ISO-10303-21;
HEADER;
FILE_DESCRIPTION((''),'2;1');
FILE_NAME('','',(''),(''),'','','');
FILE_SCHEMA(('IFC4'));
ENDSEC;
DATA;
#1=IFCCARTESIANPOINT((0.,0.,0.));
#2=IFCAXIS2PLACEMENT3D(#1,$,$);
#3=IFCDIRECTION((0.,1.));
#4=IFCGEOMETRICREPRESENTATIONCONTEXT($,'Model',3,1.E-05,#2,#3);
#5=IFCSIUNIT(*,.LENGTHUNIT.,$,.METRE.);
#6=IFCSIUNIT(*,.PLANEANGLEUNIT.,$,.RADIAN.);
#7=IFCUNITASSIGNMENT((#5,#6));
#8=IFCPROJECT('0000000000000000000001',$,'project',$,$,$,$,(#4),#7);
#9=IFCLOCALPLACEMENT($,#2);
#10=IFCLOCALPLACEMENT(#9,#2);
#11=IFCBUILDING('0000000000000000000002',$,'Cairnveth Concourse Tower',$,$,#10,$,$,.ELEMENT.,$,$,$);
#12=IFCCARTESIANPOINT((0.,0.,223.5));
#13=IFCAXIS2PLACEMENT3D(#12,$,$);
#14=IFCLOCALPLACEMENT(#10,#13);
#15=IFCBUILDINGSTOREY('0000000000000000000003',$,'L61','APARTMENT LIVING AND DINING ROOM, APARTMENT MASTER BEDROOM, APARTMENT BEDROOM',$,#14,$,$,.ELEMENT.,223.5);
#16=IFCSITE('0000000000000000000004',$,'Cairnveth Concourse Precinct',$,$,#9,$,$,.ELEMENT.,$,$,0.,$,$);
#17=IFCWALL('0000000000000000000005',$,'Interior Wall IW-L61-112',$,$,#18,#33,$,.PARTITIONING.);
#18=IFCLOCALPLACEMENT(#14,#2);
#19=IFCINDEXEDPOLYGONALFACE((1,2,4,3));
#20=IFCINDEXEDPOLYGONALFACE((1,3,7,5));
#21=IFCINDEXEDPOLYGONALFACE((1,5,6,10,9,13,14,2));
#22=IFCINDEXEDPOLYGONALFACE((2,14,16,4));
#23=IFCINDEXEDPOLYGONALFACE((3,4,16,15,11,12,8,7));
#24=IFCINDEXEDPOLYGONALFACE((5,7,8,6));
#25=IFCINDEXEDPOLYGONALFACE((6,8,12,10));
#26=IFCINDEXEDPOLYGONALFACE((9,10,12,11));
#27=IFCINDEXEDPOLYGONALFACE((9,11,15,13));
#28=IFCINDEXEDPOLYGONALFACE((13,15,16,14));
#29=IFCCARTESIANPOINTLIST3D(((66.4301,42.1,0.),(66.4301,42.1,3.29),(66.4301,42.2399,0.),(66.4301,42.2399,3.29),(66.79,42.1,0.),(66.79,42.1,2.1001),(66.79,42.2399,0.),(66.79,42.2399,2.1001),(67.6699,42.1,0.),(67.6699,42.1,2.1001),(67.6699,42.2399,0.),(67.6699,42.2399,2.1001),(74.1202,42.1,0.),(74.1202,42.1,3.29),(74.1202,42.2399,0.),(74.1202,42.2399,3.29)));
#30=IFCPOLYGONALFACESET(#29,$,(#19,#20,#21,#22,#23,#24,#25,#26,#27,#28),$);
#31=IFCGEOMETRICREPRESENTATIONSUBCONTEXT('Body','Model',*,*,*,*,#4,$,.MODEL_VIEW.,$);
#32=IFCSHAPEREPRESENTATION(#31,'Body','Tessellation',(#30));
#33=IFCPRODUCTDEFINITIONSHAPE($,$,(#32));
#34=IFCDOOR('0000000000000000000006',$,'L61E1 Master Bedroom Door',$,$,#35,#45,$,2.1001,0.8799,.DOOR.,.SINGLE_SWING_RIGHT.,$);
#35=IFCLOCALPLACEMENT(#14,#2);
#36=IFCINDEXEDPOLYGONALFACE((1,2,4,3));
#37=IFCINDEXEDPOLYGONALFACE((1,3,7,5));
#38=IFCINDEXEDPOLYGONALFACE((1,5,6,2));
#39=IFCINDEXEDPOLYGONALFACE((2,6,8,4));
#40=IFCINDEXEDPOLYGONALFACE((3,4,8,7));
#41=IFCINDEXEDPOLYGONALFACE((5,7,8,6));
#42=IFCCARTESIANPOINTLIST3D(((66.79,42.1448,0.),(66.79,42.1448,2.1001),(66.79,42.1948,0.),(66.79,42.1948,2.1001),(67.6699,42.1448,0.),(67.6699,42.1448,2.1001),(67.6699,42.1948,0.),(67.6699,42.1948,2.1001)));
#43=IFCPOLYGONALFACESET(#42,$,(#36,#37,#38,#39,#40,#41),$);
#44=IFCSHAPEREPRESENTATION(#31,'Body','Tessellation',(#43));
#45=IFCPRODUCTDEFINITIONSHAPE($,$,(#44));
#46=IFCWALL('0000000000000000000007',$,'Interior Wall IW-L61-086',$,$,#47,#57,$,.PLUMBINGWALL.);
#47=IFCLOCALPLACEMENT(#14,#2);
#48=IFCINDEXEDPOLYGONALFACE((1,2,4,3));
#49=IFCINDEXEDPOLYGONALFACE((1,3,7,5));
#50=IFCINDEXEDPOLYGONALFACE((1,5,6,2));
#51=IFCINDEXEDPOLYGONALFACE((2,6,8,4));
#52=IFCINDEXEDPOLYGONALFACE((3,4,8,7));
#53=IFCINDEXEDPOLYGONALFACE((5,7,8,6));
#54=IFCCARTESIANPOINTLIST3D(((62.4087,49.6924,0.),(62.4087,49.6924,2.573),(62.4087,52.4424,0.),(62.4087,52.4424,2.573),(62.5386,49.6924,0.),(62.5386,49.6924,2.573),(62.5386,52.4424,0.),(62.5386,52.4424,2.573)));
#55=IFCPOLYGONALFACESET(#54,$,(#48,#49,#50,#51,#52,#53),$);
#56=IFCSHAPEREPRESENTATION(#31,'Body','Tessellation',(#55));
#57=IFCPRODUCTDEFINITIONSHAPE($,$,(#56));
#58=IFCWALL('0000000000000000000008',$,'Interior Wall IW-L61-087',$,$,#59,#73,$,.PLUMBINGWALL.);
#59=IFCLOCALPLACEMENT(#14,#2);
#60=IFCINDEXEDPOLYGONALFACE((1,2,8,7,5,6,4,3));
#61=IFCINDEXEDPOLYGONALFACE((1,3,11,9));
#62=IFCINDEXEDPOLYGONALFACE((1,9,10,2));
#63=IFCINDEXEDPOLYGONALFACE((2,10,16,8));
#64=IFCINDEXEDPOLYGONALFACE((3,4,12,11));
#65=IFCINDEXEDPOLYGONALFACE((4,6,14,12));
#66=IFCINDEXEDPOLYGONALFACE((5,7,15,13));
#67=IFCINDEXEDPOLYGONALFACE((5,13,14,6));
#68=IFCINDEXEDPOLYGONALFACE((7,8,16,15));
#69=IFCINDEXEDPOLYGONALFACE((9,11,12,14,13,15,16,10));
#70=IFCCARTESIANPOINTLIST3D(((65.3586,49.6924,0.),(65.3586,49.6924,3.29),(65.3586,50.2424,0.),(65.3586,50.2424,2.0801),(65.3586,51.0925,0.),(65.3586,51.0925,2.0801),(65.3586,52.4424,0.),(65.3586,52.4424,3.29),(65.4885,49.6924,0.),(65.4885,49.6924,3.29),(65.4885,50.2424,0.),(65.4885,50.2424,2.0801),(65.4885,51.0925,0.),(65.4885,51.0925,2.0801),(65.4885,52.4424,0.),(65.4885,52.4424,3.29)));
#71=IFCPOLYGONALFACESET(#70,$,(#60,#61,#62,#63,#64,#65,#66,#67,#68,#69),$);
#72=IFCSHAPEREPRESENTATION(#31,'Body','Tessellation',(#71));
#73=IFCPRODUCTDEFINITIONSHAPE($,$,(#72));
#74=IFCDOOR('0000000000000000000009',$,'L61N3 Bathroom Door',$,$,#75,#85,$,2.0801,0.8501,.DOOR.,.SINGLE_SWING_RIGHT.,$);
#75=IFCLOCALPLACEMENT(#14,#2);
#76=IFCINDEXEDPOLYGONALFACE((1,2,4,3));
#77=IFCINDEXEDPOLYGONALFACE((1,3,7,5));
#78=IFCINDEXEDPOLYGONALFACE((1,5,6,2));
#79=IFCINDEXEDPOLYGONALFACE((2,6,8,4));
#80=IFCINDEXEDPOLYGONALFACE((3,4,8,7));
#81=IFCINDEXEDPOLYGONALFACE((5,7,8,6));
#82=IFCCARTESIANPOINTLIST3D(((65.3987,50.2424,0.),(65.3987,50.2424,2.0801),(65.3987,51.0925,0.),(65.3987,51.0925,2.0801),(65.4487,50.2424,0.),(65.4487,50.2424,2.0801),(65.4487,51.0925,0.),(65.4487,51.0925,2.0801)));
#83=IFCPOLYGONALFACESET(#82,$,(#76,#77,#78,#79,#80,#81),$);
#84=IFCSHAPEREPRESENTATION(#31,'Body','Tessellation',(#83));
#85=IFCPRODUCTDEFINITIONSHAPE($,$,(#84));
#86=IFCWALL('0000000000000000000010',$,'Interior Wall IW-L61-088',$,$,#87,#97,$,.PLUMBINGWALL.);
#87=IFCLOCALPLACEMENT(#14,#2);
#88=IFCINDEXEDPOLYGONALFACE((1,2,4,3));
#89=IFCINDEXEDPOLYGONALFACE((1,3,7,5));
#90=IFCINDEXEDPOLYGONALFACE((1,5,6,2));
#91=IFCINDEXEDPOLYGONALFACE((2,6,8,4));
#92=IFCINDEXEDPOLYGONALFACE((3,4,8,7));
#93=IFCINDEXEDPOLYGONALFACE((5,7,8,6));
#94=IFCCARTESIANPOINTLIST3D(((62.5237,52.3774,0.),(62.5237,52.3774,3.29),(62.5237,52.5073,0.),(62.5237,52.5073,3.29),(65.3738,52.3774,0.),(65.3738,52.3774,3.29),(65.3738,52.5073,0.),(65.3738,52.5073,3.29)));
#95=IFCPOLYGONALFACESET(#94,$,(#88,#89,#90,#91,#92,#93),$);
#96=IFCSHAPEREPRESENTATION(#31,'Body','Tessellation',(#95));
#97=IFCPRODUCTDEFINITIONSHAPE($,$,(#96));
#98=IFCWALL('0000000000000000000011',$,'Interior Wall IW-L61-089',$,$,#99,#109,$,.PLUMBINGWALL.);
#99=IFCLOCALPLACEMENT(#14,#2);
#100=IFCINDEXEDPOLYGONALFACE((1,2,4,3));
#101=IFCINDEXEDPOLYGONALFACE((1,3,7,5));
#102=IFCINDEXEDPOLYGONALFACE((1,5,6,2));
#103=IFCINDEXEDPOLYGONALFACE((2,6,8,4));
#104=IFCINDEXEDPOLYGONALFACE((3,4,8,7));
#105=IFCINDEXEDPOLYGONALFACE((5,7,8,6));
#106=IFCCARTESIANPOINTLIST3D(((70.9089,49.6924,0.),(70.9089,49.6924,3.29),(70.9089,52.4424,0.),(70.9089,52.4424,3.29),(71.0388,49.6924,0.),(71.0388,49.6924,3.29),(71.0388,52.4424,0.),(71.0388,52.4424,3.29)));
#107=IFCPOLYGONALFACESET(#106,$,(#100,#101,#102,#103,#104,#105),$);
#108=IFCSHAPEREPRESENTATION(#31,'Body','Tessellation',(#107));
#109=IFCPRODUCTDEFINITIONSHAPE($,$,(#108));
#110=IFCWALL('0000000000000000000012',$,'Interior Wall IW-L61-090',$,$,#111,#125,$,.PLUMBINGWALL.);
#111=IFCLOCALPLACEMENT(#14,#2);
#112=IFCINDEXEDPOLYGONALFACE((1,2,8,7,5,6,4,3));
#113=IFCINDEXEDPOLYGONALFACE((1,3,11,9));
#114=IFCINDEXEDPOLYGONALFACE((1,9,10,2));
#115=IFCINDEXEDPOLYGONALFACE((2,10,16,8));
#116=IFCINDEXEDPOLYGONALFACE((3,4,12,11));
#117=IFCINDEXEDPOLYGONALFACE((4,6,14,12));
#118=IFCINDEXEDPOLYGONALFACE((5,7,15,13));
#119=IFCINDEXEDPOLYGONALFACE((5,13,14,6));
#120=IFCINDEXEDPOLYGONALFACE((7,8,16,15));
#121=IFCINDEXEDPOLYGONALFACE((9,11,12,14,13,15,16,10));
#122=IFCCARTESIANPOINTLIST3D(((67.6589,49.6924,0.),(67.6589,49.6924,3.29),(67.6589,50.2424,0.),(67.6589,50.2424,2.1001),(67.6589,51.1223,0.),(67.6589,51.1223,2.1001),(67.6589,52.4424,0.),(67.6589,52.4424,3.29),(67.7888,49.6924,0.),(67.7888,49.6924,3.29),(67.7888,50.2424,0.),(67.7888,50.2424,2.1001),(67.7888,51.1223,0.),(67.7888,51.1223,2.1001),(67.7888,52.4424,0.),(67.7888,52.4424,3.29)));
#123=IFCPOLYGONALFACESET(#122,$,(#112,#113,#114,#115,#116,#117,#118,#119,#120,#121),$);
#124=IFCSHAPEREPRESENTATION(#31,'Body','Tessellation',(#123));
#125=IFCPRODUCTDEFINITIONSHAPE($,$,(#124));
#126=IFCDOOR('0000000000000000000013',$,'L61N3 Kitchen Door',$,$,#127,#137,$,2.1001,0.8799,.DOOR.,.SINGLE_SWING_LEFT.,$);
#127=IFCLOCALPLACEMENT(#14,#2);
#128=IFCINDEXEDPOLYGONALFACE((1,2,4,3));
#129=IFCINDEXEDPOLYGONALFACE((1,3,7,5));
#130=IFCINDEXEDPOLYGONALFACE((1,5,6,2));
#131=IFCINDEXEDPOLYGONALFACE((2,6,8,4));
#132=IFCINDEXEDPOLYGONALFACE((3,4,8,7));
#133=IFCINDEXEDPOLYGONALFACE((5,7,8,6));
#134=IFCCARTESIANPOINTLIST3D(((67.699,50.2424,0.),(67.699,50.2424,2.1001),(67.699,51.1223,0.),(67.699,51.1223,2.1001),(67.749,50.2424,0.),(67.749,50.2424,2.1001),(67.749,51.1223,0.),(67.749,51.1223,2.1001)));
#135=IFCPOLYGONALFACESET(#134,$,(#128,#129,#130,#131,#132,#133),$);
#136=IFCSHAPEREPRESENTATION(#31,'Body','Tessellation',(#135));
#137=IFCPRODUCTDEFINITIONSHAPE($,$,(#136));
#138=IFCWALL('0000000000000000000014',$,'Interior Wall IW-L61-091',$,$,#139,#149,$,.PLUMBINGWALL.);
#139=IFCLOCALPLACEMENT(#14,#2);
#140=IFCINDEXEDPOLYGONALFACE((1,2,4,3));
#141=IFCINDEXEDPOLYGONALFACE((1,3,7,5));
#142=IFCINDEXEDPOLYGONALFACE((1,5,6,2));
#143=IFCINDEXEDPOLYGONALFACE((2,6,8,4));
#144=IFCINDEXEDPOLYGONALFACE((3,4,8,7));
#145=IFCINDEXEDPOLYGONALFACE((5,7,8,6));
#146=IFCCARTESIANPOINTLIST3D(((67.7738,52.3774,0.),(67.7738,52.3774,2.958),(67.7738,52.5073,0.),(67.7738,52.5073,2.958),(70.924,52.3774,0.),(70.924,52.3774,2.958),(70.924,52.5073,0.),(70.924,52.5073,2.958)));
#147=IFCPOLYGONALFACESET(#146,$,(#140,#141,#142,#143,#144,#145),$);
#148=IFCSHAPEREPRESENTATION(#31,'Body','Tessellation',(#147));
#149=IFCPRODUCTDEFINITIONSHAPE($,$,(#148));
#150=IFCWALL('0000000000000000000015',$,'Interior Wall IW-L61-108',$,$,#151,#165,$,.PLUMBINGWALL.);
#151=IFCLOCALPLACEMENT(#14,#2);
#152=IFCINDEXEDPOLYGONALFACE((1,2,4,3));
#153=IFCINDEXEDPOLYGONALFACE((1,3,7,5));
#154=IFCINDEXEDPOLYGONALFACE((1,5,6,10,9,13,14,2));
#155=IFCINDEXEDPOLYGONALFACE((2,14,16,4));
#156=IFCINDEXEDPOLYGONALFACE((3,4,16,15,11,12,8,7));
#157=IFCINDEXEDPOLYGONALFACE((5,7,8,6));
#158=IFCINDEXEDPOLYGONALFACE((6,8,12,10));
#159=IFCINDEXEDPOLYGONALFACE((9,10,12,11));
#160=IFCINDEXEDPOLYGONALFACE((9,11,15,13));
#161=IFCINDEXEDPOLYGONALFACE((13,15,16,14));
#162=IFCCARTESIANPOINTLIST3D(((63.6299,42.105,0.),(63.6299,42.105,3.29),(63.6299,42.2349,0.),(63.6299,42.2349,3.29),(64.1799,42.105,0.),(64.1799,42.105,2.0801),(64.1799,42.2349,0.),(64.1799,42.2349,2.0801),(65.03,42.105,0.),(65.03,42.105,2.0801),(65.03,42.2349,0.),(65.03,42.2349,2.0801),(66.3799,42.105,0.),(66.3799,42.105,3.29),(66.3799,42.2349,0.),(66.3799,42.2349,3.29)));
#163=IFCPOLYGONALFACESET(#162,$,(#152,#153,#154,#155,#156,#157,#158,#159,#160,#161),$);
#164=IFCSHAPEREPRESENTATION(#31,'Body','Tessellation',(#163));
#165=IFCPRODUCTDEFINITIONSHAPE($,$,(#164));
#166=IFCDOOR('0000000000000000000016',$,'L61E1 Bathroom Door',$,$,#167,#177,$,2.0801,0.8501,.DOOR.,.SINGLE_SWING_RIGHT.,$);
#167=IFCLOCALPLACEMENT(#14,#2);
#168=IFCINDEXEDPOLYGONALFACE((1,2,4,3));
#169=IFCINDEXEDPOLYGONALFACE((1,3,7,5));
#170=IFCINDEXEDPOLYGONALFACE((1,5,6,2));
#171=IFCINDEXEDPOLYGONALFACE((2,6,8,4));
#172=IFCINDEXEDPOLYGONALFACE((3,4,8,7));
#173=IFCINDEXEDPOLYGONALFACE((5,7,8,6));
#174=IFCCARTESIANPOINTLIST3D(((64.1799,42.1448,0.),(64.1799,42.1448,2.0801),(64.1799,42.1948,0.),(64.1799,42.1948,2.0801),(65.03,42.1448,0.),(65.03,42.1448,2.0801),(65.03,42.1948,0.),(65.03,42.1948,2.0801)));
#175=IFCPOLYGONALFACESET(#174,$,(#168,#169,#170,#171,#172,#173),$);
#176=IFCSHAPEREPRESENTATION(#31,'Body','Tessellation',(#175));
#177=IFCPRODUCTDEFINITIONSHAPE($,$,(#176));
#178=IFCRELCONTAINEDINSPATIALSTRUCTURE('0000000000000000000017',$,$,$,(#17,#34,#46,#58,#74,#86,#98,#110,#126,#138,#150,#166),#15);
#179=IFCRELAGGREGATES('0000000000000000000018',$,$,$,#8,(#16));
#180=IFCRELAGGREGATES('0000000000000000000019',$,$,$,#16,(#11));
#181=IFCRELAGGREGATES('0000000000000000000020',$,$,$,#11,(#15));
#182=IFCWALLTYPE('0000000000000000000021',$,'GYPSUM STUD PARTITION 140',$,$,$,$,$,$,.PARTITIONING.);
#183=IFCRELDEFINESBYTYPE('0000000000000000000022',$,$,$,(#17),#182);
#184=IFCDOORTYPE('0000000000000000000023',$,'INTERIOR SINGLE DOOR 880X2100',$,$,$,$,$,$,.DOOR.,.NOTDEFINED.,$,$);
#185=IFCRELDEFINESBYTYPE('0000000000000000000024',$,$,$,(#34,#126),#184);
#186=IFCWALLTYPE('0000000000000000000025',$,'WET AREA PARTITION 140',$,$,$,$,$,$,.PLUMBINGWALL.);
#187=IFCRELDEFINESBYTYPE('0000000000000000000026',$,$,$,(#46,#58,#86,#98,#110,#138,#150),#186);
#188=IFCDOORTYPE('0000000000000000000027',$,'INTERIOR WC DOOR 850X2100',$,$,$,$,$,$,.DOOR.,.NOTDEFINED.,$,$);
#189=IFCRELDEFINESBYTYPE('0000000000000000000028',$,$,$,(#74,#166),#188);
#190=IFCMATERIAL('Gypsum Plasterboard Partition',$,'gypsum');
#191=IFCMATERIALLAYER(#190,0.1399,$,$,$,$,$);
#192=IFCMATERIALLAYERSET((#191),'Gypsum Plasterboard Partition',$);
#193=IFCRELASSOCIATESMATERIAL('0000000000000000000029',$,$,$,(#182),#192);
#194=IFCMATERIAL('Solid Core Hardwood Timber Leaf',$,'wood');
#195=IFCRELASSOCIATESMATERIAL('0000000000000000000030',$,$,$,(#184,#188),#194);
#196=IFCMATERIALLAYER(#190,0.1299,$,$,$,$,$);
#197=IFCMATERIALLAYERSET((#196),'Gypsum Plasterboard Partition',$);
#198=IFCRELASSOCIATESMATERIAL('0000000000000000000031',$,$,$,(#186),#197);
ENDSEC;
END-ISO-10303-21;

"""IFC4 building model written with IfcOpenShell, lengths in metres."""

from ifc_helpers import new_model, si_unit, direction, frame, frame_2d, origin, place, context, subcontext, project, spatial, rectangle, extrude, material, layer, layer_set, type_object, element, fill, save


model = new_model("IFC4")

# Units and contexts
model_context = context("Model", 3, precision=1e-05, world=origin(), true_north=direction((0.0, 1.0)))
body_context = subcontext(model_context, "Body", "Model", "MODEL_VIEW")
ifc_project = project(units=[si_unit("LENGTHUNIT", "METRE"), si_unit("PLANEANGLEUNIT", "RADIAN")], contexts=[model_context])

# Site, building, storey
site_placement = place(None, origin())
site = spatial("IfcSite", under=ifc_project, at=site_placement, Name="Cairnveth Concourse Precinct", CompositionType="ELEMENT", RefElevation=0.0)
building_placement = place(site_placement, origin())
building = spatial("IfcBuilding", under=site, at=building_placement, Name="Cairnveth Concourse Tower", CompositionType="ELEMENT")
storey_placement = place(building_placement, frame((0.0, 0.0, 223.5)))
storey = spatial("IfcBuildingStorey", under=building, at=storey_placement, Name="L61", Description="APARTMENT LIVING AND DINING ROOM, APARTMENT MASTER BEDROOM, APARTMENT BEDROOM", CompositionType="ELEMENT", Elevation=223.5)

# Shared definitions
ifc_material_1 = material(Name="Gypsum Plasterboard Partition", Category="gypsum")

# Wall, opening, door
ifc_layer_1 = layer(ifc_material_1, 0.1399)
ifc_layer_set_1 = layer_set([ifc_layer_1], Name="Gypsum Plasterboard Partition")
wall_type_1 = type_object("IfcWallType", Name="GYPSUM STUD PARTITION 140", PredefinedType="PARTITIONING", material=ifc_layer_set_1)
ifc_material_2 = material(Name="Solid Core Hardwood Timber Leaf", Category="wood")
door_type_1 = type_object("IfcDoorType", Name="INTERIOR SINGLE DOOR 880X2100", OperationType="NOTDEFINED", PredefinedType="DOOR", material=ifc_material_2)
wall_1_placement = place(storey_placement, frame((66.4299, 42.1699, 0.0), z_axis=(0.0, 0.0, 1.0), x_axis=(1.0, 0.0, 0.0)))
wall_1 = element("IfcWall", 1, at=wall_1_placement, inside=storey, type_object=wall_type_1, Name="Interior Wall IW-L61-112", PredefinedType="PARTITIONING", context=body_context, shape_type="SweptSolid", body=[
    extrude(rectangle(XDim=7.6902, YDim=0.1399, at=frame_2d((3.8452, 0.0))), origin(), (0.0, 0.0, 1.0), 3.29),
])
opening_1_placement = place(wall_1_placement, frame((0.3601, 0.0, 0.0)))
opening_1 = element("IfcOpeningElement", 2, at=opening_1_placement, cuts=wall_1, PredefinedType="OPENING", context=body_context, shape_type="SweptSolid", body=[
    extrude(rectangle(XDim=0.8799, YDim=2.1001, at=frame_2d((0.4399, 1.05))), frame((0.0, 0.0798, 0.0), z_axis=(0.0, -1.0, 0.0), x_axis=(1.0, 0.0, 0.0)), (0.0, 0.0, 1.0), 0.1599),
])
door_1_placement = place(opening_1_placement, origin())
door_1 = element("IfcDoor", 3, at=door_1_placement, inside=storey, type_object=door_type_1, Name="L61E1 Master Bedroom Door", OperationType="SINGLE_SWING_RIGHT", OverallHeight=2.1001, OverallWidth=0.8799, PredefinedType="DOOR", context=body_context, shape_type="SweptSolid", body=[
    extrude(rectangle(XDim=0.8799, YDim=2.1001, at=frame_2d((0.4399, 1.05))), frame((0.0, 0.0249, 0.0), z_axis=(0.0, -1.0, 0.0), x_axis=(1.0, 0.0, 0.0)), (0.0, 0.0, 1.0), 0.05),
])
fill(opening_1, door_1)

# Wall
ifc_layer_2 = layer(ifc_material_1, 0.1299)
ifc_layer_set_2 = layer_set([ifc_layer_2], Name="Gypsum Plasterboard Partition")
wall_type_2 = type_object("IfcWallType", Name="WET AREA PARTITION 140", PredefinedType="PLUMBINGWALL", material=ifc_layer_set_2)
wall_2_placement = place(storey_placement, frame((62.4736, 49.6924, 0.0), z_axis=(0.0, 0.0, 1.0), x_axis=(0.0, 1.0, 0.0)))
element("IfcWall", 4, at=wall_2_placement, inside=storey, type_object=wall_type_2, Name="Interior Wall IW-L61-086", PredefinedType="PLUMBINGWALL", context=body_context, shape_type="SweptSolid", body=[
    extrude(rectangle(XDim=2.75, YDim=0.1299, at=frame_2d((1.375, 0.0))), origin(), (0.0, 0.0, 1.0), 2.573),
])

# Wall, opening, door
wall_3_placement = place(storey_placement, frame((65.4236, 49.6924, 0.0), z_axis=(0.0, 0.0, 1.0), x_axis=(0.0, 1.0, 0.0)))
wall_3 = element("IfcWall", 5, at=wall_3_placement, inside=storey, type_object=wall_type_2, Name="Interior Wall IW-L61-087", PredefinedType="PLUMBINGWALL", context=body_context, shape_type="SweptSolid", body=[
    extrude(rectangle(XDim=2.75, YDim=0.1299, at=frame_2d((1.375, 0.0))), origin(), (0.0, 0.0, 1.0), 3.29),
])
opening_2_placement = place(wall_3_placement, frame((0.55, 0.0, 0.0)))
opening_2 = element("IfcOpeningElement", 6, at=opening_2_placement, cuts=wall_3, PredefinedType="OPENING", context=body_context, shape_type="SweptSolid", body=[
    extrude(rectangle(XDim=0.8501, YDim=2.0801, at=frame_2d((0.425, 1.04))), frame((0.0, 0.075, 0.0), z_axis=(0.0, -1.0, 0.0), x_axis=(1.0, 0.0, 0.0)), (0.0, 0.0, 1.0), 0.1499),
])
door_type_2 = type_object("IfcDoorType", Name="INTERIOR WC DOOR 850X2100", OperationType="NOTDEFINED", PredefinedType="DOOR", material=ifc_material_2)
door_2_placement = place(opening_2_placement, origin())
door_2 = element("IfcDoor", 7, at=door_2_placement, inside=storey, type_object=door_type_2, Name="L61N3 Bathroom Door", OperationType="SINGLE_SWING_RIGHT", OverallHeight=2.0801, OverallWidth=0.8501, PredefinedType="DOOR", context=body_context, shape_type="SweptSolid", body=[
    extrude(rectangle(XDim=0.8501, YDim=2.0801, at=frame_2d((0.425, 1.04))), frame((0.0, 0.0249, 0.0), z_axis=(0.0, -1.0, 0.0), x_axis=(1.0, 0.0, 0.0)), (0.0, 0.0, 1.0), 0.05),
])
fill(opening_2, door_2)

# Walls
wall_4_placement = place(storey_placement, frame((62.5237, 52.4424, 0.0), z_axis=(0.0, 0.0, 1.0), x_axis=(1.0, 0.0, 0.0)))
element("IfcWall", 8, at=wall_4_placement, inside=storey, type_object=wall_type_2, Name="Interior Wall IW-L61-088", PredefinedType="PLUMBINGWALL", context=body_context, shape_type="SweptSolid", body=[
    extrude(rectangle(XDim=2.8501, YDim=0.1299, at=frame_2d((1.425, 0.0))), origin(), (0.0, 0.0, 1.0), 3.29),
])
wall_5_placement = place(storey_placement, frame((70.9739, 49.6924, 0.0), z_axis=(0.0, 0.0, 1.0), x_axis=(0.0, 1.0, 0.0)))
element("IfcWall", 9, at=wall_5_placement, inside=storey, type_object=wall_type_2, Name="Interior Wall IW-L61-089", PredefinedType="PLUMBINGWALL", context=body_context, shape_type="SweptSolid", body=[
    extrude(rectangle(XDim=2.75, YDim=0.1299, at=frame_2d((1.375, 0.0))), origin(), (0.0, 0.0, 1.0), 3.29),
])

# Wall, opening, door
wall_6_placement = place(storey_placement, frame((67.7239, 49.6924, 0.0), z_axis=(0.0, 0.0, 1.0), x_axis=(0.0, 1.0, 0.0)))
wall_6 = element("IfcWall", 10, at=wall_6_placement, inside=storey, type_object=wall_type_2, Name="Interior Wall IW-L61-090", PredefinedType="PLUMBINGWALL", context=body_context, shape_type="SweptSolid", body=[
    extrude(rectangle(XDim=2.75, YDim=0.1299, at=frame_2d((1.375, 0.0))), origin(), (0.0, 0.0, 1.0), 3.29),
])
opening_3_placement = place(wall_6_placement, frame((0.55, 0.0, 0.0)))
opening_3 = element("IfcOpeningElement", 11, at=opening_3_placement, cuts=wall_6, PredefinedType="OPENING", context=body_context, shape_type="SweptSolid", body=[
    extrude(rectangle(XDim=0.8799, YDim=2.1001, at=frame_2d((0.4399, 1.05))), frame((0.0, 0.075, 0.0), z_axis=(0.0, -1.0, 0.0), x_axis=(1.0, 0.0, 0.0)), (0.0, 0.0, 1.0), 0.1499),
])
door_3_placement = place(opening_3_placement, origin())
door_3 = element("IfcDoor", 12, at=door_3_placement, inside=storey, type_object=door_type_1, Name="L61N3 Kitchen Door", OperationType="SINGLE_SWING_LEFT", OverallHeight=2.1001, OverallWidth=0.8799, PredefinedType="DOOR", context=body_context, shape_type="SweptSolid", body=[
    extrude(rectangle(XDim=0.8799, YDim=2.1001, at=frame_2d((0.4399, 1.05))), frame((0.0, 0.0249, 0.0), z_axis=(0.0, -1.0, 0.0), x_axis=(1.0, 0.0, 0.0)), (0.0, 0.0, 1.0), 0.05),
])
fill(opening_3, door_3)

# Wall
wall_7_placement = place(storey_placement, frame((67.7737, 52.4424, 0.0), z_axis=(0.0, 0.0, 1.0), x_axis=(1.0, 0.0, 0.0)))
element("IfcWall", 13, at=wall_7_placement, inside=storey, type_object=wall_type_2, Name="Interior Wall IW-L61-091", PredefinedType="PLUMBINGWALL", context=body_context, shape_type="SweptSolid", body=[
    extrude(rectangle(XDim=3.1501, YDim=0.1299, at=frame_2d((1.5752, 0.0))), origin(), (0.0, 0.0, 1.0), 2.958),
])

# Wall, opening, door
wall_8_placement = place(storey_placement, frame((63.6299, 42.1699, 0.0), z_axis=(0.0, 0.0, 1.0), x_axis=(1.0, 0.0, 0.0)))
wall_8 = element("IfcWall", 14, at=wall_8_placement, inside=storey, type_object=wall_type_2, Name="Interior Wall IW-L61-108", PredefinedType="PLUMBINGWALL", context=body_context, shape_type="SweptSolid", body=[
    extrude(rectangle(XDim=2.75, YDim=0.1299, at=frame_2d((1.375, 0.0))), origin(), (0.0, 0.0, 1.0), 3.29),
])
opening_4_placement = place(wall_8_placement, frame((0.55, 0.0, 0.0)))
opening_4 = element("IfcOpeningElement", 15, at=opening_4_placement, cuts=wall_8, PredefinedType="OPENING", context=body_context, shape_type="SweptSolid", body=[
    extrude(rectangle(XDim=0.8501, YDim=2.0801, at=frame_2d((0.425, 1.04))), frame((0.0, 0.075, 0.0), z_axis=(0.0, -1.0, 0.0), x_axis=(1.0, 0.0, 0.0)), (0.0, 0.0, 1.0), 0.1499),
])
door_4_placement = place(opening_4_placement, origin())
door_4 = element("IfcDoor", 16, at=door_4_placement, inside=storey, type_object=door_type_2, Name="L61E1 Bathroom Door", OperationType="SINGLE_SWING_RIGHT", OverallHeight=2.0801, OverallWidth=0.8501, PredefinedType="DOOR", context=body_context, shape_type="SweptSolid", body=[
    extrude(rectangle(XDim=0.8501, YDim=2.0801, at=frame_2d((0.425, 1.04))), frame((0.0, 0.0249, 0.0), z_axis=(0.0, -1.0, 0.0), x_axis=(1.0, 0.0, 0.0)), (0.0, 0.0, 1.0), 0.05),
])
fill(opening_4, door_4)

save(model, "model.ifc")
